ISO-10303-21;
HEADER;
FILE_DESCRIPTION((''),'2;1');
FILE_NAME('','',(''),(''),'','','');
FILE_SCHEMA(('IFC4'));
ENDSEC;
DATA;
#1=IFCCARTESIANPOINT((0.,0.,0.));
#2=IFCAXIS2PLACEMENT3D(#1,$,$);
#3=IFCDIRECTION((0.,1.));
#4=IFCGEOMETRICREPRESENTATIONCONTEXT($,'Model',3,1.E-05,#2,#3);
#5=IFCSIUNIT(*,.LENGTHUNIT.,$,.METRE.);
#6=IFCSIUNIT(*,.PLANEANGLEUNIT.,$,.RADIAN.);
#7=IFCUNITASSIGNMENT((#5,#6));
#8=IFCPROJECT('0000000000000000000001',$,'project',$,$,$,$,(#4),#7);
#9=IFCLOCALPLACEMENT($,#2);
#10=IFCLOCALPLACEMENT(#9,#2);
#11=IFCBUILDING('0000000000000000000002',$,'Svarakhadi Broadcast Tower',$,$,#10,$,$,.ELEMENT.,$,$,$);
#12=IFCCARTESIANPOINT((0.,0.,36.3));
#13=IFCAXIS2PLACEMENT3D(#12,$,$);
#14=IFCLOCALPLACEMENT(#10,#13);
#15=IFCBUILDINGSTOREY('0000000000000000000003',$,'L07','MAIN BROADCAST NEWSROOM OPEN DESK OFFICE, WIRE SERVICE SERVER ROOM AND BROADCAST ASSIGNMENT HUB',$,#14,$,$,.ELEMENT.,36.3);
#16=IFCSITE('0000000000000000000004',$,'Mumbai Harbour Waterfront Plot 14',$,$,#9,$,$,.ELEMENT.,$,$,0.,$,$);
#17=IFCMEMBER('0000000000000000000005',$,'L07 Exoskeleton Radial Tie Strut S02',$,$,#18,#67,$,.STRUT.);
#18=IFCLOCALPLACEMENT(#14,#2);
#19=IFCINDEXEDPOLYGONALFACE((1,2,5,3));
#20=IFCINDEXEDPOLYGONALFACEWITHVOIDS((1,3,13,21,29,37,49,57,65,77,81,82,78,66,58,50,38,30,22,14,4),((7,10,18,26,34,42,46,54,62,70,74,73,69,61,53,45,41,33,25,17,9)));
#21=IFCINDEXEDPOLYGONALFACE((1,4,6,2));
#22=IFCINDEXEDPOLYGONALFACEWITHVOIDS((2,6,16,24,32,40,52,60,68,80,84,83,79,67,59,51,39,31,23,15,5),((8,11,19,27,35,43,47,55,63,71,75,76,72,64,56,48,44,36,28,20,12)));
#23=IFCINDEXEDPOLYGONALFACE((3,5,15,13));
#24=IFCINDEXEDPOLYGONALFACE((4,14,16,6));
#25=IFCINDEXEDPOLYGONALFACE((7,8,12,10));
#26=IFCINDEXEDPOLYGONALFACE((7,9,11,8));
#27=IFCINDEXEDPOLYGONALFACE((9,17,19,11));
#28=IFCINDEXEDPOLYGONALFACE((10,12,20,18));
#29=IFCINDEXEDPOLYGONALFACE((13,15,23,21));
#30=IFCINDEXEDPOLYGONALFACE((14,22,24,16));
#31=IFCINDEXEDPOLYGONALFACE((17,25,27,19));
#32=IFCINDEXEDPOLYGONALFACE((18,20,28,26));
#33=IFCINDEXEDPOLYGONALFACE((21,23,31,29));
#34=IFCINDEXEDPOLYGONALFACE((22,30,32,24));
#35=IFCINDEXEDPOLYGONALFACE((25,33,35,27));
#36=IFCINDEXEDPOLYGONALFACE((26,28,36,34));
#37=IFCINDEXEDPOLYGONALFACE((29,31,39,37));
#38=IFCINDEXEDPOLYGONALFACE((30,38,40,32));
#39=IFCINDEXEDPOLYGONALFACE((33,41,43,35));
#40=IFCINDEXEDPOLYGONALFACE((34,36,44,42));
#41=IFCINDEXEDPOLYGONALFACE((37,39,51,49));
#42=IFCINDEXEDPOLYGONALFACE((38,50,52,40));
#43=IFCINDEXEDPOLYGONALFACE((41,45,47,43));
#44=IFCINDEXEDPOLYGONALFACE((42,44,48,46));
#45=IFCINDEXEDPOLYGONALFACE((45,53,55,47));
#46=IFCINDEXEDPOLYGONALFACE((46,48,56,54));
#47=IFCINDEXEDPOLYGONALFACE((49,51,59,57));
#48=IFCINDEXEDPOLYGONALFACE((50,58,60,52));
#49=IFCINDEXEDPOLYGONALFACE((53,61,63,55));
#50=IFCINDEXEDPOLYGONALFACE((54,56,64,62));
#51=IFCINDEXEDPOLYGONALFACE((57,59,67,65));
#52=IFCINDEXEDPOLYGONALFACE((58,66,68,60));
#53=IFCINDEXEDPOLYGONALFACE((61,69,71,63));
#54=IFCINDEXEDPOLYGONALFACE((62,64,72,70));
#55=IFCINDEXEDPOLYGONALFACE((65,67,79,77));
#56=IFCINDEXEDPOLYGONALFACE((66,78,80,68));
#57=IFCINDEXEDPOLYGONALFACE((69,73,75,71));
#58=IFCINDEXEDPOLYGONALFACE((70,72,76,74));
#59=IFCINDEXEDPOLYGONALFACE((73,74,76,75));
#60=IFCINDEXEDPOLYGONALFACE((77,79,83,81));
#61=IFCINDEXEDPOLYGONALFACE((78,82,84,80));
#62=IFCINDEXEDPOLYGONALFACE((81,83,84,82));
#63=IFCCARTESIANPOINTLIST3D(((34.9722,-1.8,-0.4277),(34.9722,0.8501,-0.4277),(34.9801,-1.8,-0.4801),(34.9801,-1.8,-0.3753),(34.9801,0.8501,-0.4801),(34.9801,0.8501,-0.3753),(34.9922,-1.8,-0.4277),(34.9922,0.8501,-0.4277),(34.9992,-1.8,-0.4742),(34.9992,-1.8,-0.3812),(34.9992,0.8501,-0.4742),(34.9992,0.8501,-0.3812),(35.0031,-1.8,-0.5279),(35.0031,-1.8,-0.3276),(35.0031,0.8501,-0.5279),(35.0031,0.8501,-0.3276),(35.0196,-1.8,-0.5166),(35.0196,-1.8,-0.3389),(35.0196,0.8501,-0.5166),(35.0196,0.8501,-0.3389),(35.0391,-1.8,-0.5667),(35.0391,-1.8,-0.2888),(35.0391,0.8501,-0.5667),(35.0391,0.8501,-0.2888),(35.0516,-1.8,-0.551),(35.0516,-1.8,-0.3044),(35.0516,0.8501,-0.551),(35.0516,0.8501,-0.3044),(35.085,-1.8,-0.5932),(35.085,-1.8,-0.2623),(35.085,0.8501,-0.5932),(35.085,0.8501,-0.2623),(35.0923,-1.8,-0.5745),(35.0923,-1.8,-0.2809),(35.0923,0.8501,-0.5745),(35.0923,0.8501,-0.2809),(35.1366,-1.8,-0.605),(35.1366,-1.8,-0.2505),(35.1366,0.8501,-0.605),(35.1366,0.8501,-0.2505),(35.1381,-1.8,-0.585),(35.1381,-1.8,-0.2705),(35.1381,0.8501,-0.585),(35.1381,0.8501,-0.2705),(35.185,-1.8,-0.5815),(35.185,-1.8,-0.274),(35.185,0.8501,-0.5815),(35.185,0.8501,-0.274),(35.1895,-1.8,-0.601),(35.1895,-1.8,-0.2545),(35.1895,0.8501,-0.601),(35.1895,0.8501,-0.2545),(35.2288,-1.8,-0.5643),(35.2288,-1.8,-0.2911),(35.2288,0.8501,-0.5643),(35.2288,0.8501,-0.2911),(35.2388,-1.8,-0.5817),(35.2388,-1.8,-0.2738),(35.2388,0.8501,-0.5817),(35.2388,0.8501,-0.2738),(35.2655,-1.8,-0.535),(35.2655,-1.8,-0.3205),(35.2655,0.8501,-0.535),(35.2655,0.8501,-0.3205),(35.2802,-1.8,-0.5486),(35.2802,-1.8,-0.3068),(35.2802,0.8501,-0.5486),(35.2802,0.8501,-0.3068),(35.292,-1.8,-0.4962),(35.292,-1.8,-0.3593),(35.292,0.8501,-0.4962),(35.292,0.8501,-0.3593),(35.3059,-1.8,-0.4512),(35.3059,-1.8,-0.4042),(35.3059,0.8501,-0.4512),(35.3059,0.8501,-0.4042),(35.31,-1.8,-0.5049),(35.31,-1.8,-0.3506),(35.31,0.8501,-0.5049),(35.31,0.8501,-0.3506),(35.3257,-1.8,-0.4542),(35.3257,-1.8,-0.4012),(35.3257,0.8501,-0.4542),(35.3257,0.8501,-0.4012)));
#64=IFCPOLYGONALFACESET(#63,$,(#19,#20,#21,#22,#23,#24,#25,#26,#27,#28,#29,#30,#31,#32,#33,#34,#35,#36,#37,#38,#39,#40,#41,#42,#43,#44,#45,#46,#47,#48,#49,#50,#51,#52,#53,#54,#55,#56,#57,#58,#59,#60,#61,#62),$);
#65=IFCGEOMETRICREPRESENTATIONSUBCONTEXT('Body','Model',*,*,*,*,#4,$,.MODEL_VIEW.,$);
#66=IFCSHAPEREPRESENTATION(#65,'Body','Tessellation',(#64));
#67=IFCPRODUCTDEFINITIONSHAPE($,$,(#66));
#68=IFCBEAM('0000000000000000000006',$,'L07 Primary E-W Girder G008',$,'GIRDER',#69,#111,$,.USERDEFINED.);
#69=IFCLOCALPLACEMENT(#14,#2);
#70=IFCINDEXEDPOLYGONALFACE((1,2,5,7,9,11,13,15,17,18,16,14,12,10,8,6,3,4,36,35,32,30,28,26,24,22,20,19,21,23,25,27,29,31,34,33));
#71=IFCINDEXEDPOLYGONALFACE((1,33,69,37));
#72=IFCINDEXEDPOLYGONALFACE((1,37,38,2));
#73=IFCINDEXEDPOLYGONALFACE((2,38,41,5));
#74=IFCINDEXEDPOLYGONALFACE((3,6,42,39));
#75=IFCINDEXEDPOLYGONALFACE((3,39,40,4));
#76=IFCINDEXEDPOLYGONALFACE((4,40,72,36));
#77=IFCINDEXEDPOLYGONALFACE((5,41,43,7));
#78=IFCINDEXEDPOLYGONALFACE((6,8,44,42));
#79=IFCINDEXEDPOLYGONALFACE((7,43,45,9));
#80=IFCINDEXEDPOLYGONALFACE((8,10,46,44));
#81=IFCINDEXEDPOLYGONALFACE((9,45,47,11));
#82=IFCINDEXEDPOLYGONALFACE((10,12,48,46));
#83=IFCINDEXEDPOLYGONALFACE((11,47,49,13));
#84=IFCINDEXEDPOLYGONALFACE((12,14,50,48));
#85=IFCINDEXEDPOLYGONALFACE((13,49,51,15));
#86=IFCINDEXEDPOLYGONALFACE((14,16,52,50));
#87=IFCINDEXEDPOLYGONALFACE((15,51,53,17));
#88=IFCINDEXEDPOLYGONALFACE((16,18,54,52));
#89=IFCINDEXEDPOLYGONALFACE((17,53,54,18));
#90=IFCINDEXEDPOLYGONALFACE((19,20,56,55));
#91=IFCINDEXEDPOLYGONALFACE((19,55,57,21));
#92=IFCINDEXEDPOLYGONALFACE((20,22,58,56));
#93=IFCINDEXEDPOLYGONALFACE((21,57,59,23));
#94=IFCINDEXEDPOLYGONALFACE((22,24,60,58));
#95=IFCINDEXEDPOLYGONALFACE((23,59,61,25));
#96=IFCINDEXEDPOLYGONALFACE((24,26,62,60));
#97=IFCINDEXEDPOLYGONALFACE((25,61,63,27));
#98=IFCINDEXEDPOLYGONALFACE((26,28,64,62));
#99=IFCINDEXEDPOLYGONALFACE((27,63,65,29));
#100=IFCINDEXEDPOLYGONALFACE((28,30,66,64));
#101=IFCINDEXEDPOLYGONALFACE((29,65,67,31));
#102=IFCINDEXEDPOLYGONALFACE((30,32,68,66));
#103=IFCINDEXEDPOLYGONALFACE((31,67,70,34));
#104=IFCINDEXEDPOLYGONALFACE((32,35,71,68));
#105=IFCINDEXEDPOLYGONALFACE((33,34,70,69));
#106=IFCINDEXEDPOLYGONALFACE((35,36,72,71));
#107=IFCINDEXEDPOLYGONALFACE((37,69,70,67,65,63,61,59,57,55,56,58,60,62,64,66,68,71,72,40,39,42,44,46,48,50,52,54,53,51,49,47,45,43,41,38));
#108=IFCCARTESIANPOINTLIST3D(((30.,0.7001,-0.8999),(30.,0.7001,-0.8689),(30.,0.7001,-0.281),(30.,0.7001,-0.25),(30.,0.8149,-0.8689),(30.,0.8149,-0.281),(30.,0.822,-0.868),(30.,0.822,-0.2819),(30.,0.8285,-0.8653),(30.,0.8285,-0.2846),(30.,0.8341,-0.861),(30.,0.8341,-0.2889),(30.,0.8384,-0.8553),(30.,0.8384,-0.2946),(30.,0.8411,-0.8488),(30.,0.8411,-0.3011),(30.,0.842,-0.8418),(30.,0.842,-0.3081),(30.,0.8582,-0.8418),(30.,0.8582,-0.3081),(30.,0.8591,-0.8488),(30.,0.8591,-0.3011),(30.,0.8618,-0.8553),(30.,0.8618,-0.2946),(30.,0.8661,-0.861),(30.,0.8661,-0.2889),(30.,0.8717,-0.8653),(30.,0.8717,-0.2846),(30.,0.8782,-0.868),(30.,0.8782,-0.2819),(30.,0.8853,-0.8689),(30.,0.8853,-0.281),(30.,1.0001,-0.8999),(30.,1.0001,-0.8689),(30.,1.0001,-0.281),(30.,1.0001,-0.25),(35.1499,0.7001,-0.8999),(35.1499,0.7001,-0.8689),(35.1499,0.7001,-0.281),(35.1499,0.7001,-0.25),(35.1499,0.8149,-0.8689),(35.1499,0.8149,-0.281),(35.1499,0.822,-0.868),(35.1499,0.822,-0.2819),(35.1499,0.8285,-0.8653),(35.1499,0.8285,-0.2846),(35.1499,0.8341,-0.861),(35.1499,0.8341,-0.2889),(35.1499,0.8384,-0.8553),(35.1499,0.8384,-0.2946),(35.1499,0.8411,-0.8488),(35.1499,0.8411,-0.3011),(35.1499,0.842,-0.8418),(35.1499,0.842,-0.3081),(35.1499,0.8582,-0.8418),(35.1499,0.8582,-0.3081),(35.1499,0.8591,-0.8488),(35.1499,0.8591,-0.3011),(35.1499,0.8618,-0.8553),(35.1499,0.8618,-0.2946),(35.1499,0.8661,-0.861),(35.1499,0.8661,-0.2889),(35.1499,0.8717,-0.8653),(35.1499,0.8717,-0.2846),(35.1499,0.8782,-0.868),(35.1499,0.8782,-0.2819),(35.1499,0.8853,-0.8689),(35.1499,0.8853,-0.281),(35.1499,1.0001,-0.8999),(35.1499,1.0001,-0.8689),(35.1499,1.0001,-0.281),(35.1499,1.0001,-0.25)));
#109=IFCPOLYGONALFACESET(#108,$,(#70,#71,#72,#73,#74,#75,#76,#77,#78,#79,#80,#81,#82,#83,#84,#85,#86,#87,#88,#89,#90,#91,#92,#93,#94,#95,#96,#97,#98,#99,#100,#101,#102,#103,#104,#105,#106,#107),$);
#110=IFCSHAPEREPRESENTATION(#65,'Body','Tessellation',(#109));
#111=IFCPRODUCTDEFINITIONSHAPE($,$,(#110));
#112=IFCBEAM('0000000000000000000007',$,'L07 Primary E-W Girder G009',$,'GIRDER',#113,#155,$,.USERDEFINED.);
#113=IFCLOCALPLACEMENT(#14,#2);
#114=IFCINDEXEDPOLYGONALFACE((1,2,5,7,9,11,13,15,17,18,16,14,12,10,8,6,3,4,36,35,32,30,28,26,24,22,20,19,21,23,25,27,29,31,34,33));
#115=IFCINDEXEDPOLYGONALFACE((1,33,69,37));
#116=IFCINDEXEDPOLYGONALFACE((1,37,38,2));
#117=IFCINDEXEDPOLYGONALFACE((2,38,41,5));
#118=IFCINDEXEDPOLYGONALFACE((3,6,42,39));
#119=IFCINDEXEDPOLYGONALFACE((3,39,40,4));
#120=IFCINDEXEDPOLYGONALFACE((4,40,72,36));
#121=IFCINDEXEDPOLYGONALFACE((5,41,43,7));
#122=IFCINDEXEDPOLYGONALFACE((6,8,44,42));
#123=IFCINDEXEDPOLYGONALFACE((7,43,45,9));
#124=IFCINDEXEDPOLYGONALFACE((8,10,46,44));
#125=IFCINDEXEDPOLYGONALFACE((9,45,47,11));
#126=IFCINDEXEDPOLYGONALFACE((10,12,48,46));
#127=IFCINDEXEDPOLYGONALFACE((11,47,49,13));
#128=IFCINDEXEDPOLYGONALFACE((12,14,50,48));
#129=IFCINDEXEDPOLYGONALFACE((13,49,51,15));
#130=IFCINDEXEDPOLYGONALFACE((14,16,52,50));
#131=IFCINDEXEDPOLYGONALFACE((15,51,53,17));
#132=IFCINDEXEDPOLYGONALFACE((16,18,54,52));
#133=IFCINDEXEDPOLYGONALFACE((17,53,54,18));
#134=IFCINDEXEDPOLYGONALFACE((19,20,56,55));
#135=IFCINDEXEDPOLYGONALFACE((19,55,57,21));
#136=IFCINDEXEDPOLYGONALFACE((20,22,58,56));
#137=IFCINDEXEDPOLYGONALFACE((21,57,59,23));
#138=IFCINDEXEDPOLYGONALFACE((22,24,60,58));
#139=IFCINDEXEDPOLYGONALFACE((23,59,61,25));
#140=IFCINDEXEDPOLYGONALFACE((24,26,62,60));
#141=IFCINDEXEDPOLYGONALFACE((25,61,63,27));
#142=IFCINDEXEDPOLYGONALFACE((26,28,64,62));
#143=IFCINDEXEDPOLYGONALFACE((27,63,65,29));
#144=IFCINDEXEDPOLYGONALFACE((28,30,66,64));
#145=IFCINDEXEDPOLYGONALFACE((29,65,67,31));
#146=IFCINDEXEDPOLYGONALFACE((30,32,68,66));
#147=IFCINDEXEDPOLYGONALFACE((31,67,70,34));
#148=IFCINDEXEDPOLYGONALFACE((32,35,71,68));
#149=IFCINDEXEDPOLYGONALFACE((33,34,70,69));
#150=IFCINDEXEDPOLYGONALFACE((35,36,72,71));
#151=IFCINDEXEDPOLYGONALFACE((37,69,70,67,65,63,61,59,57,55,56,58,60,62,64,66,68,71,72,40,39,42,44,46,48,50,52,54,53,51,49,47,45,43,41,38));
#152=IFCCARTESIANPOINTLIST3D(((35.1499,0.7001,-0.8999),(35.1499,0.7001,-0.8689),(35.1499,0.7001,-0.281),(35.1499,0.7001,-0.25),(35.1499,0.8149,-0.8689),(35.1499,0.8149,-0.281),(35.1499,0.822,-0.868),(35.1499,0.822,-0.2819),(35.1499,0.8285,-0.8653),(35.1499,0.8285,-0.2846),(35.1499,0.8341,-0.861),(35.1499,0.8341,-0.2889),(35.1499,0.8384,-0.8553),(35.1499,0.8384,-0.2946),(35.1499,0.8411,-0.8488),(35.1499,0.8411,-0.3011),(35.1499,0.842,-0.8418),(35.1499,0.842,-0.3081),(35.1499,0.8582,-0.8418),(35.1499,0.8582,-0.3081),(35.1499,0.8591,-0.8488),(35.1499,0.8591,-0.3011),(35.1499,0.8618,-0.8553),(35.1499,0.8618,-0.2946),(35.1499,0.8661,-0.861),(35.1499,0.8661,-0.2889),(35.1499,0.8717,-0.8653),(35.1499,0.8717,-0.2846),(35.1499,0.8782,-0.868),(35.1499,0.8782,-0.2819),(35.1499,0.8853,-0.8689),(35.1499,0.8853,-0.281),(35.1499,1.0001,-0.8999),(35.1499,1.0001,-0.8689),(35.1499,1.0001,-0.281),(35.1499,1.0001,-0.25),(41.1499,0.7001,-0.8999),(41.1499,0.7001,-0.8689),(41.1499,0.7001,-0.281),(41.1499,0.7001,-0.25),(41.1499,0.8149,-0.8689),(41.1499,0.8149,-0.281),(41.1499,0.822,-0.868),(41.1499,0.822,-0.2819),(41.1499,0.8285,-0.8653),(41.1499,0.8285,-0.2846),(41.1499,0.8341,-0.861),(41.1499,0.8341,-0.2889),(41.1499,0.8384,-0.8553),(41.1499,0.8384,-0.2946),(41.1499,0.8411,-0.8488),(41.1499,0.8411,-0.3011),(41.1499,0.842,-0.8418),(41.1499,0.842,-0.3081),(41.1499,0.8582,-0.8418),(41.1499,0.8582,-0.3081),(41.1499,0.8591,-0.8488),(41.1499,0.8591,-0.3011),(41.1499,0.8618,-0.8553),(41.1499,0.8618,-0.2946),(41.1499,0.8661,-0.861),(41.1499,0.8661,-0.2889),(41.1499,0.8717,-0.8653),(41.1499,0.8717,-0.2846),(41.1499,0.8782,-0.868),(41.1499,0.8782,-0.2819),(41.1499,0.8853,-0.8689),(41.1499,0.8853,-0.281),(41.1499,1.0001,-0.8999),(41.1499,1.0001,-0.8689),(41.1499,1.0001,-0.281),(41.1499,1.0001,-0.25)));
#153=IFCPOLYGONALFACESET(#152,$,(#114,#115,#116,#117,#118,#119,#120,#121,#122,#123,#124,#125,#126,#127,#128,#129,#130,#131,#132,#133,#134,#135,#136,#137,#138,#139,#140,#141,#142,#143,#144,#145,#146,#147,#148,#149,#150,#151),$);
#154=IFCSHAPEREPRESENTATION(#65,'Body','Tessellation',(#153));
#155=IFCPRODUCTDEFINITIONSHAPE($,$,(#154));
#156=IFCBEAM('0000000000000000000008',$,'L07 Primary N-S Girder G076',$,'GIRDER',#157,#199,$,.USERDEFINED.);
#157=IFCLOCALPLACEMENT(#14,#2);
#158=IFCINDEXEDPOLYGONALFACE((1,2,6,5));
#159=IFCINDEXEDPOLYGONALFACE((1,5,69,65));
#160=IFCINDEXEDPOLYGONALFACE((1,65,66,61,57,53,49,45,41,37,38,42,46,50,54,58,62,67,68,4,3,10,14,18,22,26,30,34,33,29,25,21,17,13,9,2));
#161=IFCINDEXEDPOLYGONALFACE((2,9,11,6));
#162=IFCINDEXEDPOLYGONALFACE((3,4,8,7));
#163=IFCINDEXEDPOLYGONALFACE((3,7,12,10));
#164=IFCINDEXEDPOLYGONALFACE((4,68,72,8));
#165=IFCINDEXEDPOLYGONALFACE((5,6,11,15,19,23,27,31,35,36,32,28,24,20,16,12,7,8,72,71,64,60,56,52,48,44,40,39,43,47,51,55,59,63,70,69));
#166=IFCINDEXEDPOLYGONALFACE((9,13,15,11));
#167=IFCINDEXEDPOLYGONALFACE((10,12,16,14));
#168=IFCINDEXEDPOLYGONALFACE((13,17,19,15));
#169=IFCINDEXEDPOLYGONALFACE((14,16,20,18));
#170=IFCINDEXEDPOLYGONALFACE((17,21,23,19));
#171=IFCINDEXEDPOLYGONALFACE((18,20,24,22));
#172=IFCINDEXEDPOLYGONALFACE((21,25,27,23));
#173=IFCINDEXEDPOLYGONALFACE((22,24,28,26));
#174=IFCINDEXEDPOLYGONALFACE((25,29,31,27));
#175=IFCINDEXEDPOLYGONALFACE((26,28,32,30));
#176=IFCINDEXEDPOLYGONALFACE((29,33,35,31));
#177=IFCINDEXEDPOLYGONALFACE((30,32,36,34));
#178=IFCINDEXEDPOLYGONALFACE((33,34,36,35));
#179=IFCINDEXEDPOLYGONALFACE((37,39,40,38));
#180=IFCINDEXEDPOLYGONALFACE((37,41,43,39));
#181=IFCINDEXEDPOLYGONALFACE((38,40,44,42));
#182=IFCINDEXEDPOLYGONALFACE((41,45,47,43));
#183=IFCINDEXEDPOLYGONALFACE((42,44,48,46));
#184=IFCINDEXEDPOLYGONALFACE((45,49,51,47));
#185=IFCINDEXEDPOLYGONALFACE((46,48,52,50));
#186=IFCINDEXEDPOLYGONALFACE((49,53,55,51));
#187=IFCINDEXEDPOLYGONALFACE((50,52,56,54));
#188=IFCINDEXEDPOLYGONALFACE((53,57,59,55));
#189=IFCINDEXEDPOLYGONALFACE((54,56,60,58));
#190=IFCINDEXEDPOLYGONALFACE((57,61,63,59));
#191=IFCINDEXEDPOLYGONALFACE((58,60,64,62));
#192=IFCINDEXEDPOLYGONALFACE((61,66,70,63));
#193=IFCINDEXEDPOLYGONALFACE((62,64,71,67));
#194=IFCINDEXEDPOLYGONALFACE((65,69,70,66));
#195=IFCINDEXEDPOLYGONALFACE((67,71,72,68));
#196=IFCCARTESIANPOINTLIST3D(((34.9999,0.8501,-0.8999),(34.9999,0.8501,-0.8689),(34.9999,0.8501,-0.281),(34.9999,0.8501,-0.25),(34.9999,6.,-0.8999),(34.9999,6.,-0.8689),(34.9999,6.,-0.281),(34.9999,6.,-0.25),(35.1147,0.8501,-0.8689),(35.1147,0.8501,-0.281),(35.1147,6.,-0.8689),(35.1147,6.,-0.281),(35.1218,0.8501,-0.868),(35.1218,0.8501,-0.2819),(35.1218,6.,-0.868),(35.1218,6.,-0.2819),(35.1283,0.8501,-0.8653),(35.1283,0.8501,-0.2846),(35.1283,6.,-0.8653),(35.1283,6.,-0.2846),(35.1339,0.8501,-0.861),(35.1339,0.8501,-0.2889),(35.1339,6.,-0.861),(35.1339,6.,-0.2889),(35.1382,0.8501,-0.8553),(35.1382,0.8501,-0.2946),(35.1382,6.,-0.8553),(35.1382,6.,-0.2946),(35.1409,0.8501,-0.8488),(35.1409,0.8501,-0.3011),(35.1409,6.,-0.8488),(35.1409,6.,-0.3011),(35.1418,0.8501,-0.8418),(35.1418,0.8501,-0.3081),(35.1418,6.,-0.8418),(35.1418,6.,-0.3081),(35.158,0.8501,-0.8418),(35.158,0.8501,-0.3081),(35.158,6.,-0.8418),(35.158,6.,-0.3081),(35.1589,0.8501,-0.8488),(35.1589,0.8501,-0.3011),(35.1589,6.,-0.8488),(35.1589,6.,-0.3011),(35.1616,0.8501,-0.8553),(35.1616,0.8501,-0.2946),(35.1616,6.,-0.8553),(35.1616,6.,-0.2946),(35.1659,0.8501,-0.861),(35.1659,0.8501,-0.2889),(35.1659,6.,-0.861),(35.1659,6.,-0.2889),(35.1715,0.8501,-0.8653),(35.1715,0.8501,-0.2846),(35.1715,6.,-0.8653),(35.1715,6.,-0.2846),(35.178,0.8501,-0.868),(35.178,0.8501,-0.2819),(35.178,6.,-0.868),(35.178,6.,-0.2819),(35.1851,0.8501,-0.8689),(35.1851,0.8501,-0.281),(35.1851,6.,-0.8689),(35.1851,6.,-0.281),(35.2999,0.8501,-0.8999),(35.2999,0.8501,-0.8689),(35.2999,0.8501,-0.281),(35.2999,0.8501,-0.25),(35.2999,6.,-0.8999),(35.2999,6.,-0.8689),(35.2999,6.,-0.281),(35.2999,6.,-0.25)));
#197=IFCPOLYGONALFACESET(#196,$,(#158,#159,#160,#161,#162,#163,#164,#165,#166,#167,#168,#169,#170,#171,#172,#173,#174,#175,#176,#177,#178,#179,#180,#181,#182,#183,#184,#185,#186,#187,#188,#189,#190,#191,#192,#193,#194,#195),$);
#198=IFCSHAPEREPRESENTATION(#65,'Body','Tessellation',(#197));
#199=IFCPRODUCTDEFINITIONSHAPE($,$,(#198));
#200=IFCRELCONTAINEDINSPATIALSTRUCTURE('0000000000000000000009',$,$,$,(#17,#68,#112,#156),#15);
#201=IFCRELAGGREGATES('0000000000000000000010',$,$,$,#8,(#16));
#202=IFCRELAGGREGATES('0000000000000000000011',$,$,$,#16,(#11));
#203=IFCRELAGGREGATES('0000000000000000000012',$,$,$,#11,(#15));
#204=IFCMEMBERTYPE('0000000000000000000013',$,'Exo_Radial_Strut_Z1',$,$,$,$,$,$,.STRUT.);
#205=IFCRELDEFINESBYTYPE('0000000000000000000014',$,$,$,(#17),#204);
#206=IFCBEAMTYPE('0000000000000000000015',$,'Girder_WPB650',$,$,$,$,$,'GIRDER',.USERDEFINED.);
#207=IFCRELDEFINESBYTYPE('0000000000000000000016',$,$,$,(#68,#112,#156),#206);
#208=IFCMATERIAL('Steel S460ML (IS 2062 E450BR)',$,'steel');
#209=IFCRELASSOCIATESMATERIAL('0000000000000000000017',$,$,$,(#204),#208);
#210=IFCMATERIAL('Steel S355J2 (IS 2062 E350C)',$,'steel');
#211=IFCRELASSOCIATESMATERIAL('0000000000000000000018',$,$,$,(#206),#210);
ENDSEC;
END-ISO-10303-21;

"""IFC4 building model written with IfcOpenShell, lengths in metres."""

from ifc_helpers import new_model, si_unit, direction, frame, origin, origin_2d, place, context, subcontext, project, spatial, hollow_circle, i_section, extrude, material, material_profile, profile_set, type_object, element, save


model = new_model("IFC4")

# Units and contexts
model_context = context("Model", 3, precision=1e-05, world=origin(), true_north=direction((0.0, 1.0)))
body_context = subcontext(model_context, "Body", "Model", "MODEL_VIEW")
ifc_project = project(units=[si_unit("LENGTHUNIT", "METRE"), si_unit("PLANEANGLEUNIT", "RADIAN")], contexts=[model_context])

# Site, building, storey
site_placement = place(None, origin())
site = spatial("IfcSite", under=ifc_project, at=site_placement, Name="Mumbai Harbour Waterfront Plot 14", CompositionType="ELEMENT", RefElevation=0.0)
building_placement = place(site_placement, origin())
building = spatial("IfcBuilding", under=site, at=building_placement, Name="Svarakhadi Broadcast Tower", CompositionType="ELEMENT")
storey_placement = place(building_placement, frame((0.0, 0.0, 36.3)))
storey = spatial("IfcBuildingStorey", under=building, at=storey_placement, Name="L07", Description="MAIN BROADCAST NEWSROOM OPEN DESK OFFICE, WIRE SERVICE SERVER ROOM AND BROADCAST ASSIGNMENT HUB", CompositionType="ELEMENT", Elevation=36.3)

# Member
ifc_material_1 = material(Name="Steel S460ML (IS 2062 E450BR)", Category="steel")
ifc_material_profile_1 = material_profile(ifc_material_1, hollow_circle(Radius=0.1777, WallThickness=0.02, at=origin_2d()), Name="CHS 355.6x20")
ifc_profile_set_1 = profile_set([ifc_material_profile_1], Name="Steel S460ML (IS 2062 E450BR)")
member_type_1 = type_object("IfcMemberType", Name="Exo_Radial_Strut_Z1", PredefinedType="STRUT", material=ifc_profile_set_1)
member_1_placement = place(storey_placement, frame((35.1499, -1.8, -0.4277), z_axis=(0.0, 1.0, 0.0), x_axis=(-1.0, 0.0, 0.0)))
element("IfcMember", 1, at=member_1_placement, inside=storey, type_object=member_type_1, Name="L07 Exoskeleton Radial Tie Strut S02", PredefinedType="STRUT", context=body_context, shape_type="SweptSolid", body=[
    extrude(hollow_circle(Radius=0.1777, WallThickness=0.02, at=origin_2d()), origin(), (0.0, 0.0, 1.0), 2.6501),
])

# Beams
ifc_material_2 = material(Name="Steel S355J2 (IS 2062 E350C)", Category="steel")
ifc_material_profile_2 = material_profile(ifc_material_2, i_section(OverallWidth=0.3, OverallDepth=0.6499, WebThickness=0.0161, FlangeThickness=0.031, FilletRadius=0.0271, at=origin_2d()), Name="WPB 650x300x225")
ifc_profile_set_2 = profile_set([ifc_material_profile_2], Name="Steel S355J2 (IS 2062 E350C)")
beam_type_1 = type_object("IfcBeamType", Name="Girder_WPB650", ElementType="GIRDER", PredefinedType="USERDEFINED", material=ifc_profile_set_2)
beam_1_placement = place(storey_placement, frame((30.0, 0.8501, -0.575), z_axis=(1.0, 0.0, 0.0), x_axis=(0.0, 1.0, 0.0)))
element("IfcBeam", 2, at=beam_1_placement, inside=storey, type_object=beam_type_1, Name="L07 Primary E-W Girder G008", ObjectType="GIRDER", PredefinedType="USERDEFINED", context=body_context, shape_type="SweptSolid", body=[
    extrude(i_section(OverallWidth=0.3, OverallDepth=0.6499, WebThickness=0.0161, FlangeThickness=0.031, FilletRadius=0.0271, at=origin_2d()), origin(), (0.0, 0.0, 1.0), 5.1499),
])
beam_2_placement = place(storey_placement, frame((35.1499, 0.8501, -0.575), z_axis=(1.0, 0.0, 0.0), x_axis=(0.0, 1.0, 0.0)))
element("IfcBeam", 3, at=beam_2_placement, inside=storey, type_object=beam_type_1, Name="L07 Primary E-W Girder G009", ObjectType="GIRDER", PredefinedType="USERDEFINED", context=body_context, shape_type="SweptSolid", body=[
    extrude(i_section(OverallWidth=0.3, OverallDepth=0.6499, WebThickness=0.0161, FlangeThickness=0.031, FilletRadius=0.0271, at=origin_2d()), origin(), (0.0, 0.0, 1.0), 6.0),
])
beam_3_placement = place(storey_placement, frame((35.1499, 0.8501, -0.575), z_axis=(0.0, 1.0, 0.0), x_axis=(-1.0, 0.0, 0.0)))
element("IfcBeam", 4, at=beam_3_placement, inside=storey, type_object=beam_type_1, Name="L07 Primary N-S Girder G076", ObjectType="GIRDER", PredefinedType="USERDEFINED", context=body_context, shape_type="SweptSolid", body=[
    extrude(i_section(OverallWidth=0.3, OverallDepth=0.6499, WebThickness=0.0161, FlangeThickness=0.031, FilletRadius=0.0271, at=origin_2d()), origin(), (0.0, 0.0, 1.0), 5.1499),
])

save(model, "model.ifc")
